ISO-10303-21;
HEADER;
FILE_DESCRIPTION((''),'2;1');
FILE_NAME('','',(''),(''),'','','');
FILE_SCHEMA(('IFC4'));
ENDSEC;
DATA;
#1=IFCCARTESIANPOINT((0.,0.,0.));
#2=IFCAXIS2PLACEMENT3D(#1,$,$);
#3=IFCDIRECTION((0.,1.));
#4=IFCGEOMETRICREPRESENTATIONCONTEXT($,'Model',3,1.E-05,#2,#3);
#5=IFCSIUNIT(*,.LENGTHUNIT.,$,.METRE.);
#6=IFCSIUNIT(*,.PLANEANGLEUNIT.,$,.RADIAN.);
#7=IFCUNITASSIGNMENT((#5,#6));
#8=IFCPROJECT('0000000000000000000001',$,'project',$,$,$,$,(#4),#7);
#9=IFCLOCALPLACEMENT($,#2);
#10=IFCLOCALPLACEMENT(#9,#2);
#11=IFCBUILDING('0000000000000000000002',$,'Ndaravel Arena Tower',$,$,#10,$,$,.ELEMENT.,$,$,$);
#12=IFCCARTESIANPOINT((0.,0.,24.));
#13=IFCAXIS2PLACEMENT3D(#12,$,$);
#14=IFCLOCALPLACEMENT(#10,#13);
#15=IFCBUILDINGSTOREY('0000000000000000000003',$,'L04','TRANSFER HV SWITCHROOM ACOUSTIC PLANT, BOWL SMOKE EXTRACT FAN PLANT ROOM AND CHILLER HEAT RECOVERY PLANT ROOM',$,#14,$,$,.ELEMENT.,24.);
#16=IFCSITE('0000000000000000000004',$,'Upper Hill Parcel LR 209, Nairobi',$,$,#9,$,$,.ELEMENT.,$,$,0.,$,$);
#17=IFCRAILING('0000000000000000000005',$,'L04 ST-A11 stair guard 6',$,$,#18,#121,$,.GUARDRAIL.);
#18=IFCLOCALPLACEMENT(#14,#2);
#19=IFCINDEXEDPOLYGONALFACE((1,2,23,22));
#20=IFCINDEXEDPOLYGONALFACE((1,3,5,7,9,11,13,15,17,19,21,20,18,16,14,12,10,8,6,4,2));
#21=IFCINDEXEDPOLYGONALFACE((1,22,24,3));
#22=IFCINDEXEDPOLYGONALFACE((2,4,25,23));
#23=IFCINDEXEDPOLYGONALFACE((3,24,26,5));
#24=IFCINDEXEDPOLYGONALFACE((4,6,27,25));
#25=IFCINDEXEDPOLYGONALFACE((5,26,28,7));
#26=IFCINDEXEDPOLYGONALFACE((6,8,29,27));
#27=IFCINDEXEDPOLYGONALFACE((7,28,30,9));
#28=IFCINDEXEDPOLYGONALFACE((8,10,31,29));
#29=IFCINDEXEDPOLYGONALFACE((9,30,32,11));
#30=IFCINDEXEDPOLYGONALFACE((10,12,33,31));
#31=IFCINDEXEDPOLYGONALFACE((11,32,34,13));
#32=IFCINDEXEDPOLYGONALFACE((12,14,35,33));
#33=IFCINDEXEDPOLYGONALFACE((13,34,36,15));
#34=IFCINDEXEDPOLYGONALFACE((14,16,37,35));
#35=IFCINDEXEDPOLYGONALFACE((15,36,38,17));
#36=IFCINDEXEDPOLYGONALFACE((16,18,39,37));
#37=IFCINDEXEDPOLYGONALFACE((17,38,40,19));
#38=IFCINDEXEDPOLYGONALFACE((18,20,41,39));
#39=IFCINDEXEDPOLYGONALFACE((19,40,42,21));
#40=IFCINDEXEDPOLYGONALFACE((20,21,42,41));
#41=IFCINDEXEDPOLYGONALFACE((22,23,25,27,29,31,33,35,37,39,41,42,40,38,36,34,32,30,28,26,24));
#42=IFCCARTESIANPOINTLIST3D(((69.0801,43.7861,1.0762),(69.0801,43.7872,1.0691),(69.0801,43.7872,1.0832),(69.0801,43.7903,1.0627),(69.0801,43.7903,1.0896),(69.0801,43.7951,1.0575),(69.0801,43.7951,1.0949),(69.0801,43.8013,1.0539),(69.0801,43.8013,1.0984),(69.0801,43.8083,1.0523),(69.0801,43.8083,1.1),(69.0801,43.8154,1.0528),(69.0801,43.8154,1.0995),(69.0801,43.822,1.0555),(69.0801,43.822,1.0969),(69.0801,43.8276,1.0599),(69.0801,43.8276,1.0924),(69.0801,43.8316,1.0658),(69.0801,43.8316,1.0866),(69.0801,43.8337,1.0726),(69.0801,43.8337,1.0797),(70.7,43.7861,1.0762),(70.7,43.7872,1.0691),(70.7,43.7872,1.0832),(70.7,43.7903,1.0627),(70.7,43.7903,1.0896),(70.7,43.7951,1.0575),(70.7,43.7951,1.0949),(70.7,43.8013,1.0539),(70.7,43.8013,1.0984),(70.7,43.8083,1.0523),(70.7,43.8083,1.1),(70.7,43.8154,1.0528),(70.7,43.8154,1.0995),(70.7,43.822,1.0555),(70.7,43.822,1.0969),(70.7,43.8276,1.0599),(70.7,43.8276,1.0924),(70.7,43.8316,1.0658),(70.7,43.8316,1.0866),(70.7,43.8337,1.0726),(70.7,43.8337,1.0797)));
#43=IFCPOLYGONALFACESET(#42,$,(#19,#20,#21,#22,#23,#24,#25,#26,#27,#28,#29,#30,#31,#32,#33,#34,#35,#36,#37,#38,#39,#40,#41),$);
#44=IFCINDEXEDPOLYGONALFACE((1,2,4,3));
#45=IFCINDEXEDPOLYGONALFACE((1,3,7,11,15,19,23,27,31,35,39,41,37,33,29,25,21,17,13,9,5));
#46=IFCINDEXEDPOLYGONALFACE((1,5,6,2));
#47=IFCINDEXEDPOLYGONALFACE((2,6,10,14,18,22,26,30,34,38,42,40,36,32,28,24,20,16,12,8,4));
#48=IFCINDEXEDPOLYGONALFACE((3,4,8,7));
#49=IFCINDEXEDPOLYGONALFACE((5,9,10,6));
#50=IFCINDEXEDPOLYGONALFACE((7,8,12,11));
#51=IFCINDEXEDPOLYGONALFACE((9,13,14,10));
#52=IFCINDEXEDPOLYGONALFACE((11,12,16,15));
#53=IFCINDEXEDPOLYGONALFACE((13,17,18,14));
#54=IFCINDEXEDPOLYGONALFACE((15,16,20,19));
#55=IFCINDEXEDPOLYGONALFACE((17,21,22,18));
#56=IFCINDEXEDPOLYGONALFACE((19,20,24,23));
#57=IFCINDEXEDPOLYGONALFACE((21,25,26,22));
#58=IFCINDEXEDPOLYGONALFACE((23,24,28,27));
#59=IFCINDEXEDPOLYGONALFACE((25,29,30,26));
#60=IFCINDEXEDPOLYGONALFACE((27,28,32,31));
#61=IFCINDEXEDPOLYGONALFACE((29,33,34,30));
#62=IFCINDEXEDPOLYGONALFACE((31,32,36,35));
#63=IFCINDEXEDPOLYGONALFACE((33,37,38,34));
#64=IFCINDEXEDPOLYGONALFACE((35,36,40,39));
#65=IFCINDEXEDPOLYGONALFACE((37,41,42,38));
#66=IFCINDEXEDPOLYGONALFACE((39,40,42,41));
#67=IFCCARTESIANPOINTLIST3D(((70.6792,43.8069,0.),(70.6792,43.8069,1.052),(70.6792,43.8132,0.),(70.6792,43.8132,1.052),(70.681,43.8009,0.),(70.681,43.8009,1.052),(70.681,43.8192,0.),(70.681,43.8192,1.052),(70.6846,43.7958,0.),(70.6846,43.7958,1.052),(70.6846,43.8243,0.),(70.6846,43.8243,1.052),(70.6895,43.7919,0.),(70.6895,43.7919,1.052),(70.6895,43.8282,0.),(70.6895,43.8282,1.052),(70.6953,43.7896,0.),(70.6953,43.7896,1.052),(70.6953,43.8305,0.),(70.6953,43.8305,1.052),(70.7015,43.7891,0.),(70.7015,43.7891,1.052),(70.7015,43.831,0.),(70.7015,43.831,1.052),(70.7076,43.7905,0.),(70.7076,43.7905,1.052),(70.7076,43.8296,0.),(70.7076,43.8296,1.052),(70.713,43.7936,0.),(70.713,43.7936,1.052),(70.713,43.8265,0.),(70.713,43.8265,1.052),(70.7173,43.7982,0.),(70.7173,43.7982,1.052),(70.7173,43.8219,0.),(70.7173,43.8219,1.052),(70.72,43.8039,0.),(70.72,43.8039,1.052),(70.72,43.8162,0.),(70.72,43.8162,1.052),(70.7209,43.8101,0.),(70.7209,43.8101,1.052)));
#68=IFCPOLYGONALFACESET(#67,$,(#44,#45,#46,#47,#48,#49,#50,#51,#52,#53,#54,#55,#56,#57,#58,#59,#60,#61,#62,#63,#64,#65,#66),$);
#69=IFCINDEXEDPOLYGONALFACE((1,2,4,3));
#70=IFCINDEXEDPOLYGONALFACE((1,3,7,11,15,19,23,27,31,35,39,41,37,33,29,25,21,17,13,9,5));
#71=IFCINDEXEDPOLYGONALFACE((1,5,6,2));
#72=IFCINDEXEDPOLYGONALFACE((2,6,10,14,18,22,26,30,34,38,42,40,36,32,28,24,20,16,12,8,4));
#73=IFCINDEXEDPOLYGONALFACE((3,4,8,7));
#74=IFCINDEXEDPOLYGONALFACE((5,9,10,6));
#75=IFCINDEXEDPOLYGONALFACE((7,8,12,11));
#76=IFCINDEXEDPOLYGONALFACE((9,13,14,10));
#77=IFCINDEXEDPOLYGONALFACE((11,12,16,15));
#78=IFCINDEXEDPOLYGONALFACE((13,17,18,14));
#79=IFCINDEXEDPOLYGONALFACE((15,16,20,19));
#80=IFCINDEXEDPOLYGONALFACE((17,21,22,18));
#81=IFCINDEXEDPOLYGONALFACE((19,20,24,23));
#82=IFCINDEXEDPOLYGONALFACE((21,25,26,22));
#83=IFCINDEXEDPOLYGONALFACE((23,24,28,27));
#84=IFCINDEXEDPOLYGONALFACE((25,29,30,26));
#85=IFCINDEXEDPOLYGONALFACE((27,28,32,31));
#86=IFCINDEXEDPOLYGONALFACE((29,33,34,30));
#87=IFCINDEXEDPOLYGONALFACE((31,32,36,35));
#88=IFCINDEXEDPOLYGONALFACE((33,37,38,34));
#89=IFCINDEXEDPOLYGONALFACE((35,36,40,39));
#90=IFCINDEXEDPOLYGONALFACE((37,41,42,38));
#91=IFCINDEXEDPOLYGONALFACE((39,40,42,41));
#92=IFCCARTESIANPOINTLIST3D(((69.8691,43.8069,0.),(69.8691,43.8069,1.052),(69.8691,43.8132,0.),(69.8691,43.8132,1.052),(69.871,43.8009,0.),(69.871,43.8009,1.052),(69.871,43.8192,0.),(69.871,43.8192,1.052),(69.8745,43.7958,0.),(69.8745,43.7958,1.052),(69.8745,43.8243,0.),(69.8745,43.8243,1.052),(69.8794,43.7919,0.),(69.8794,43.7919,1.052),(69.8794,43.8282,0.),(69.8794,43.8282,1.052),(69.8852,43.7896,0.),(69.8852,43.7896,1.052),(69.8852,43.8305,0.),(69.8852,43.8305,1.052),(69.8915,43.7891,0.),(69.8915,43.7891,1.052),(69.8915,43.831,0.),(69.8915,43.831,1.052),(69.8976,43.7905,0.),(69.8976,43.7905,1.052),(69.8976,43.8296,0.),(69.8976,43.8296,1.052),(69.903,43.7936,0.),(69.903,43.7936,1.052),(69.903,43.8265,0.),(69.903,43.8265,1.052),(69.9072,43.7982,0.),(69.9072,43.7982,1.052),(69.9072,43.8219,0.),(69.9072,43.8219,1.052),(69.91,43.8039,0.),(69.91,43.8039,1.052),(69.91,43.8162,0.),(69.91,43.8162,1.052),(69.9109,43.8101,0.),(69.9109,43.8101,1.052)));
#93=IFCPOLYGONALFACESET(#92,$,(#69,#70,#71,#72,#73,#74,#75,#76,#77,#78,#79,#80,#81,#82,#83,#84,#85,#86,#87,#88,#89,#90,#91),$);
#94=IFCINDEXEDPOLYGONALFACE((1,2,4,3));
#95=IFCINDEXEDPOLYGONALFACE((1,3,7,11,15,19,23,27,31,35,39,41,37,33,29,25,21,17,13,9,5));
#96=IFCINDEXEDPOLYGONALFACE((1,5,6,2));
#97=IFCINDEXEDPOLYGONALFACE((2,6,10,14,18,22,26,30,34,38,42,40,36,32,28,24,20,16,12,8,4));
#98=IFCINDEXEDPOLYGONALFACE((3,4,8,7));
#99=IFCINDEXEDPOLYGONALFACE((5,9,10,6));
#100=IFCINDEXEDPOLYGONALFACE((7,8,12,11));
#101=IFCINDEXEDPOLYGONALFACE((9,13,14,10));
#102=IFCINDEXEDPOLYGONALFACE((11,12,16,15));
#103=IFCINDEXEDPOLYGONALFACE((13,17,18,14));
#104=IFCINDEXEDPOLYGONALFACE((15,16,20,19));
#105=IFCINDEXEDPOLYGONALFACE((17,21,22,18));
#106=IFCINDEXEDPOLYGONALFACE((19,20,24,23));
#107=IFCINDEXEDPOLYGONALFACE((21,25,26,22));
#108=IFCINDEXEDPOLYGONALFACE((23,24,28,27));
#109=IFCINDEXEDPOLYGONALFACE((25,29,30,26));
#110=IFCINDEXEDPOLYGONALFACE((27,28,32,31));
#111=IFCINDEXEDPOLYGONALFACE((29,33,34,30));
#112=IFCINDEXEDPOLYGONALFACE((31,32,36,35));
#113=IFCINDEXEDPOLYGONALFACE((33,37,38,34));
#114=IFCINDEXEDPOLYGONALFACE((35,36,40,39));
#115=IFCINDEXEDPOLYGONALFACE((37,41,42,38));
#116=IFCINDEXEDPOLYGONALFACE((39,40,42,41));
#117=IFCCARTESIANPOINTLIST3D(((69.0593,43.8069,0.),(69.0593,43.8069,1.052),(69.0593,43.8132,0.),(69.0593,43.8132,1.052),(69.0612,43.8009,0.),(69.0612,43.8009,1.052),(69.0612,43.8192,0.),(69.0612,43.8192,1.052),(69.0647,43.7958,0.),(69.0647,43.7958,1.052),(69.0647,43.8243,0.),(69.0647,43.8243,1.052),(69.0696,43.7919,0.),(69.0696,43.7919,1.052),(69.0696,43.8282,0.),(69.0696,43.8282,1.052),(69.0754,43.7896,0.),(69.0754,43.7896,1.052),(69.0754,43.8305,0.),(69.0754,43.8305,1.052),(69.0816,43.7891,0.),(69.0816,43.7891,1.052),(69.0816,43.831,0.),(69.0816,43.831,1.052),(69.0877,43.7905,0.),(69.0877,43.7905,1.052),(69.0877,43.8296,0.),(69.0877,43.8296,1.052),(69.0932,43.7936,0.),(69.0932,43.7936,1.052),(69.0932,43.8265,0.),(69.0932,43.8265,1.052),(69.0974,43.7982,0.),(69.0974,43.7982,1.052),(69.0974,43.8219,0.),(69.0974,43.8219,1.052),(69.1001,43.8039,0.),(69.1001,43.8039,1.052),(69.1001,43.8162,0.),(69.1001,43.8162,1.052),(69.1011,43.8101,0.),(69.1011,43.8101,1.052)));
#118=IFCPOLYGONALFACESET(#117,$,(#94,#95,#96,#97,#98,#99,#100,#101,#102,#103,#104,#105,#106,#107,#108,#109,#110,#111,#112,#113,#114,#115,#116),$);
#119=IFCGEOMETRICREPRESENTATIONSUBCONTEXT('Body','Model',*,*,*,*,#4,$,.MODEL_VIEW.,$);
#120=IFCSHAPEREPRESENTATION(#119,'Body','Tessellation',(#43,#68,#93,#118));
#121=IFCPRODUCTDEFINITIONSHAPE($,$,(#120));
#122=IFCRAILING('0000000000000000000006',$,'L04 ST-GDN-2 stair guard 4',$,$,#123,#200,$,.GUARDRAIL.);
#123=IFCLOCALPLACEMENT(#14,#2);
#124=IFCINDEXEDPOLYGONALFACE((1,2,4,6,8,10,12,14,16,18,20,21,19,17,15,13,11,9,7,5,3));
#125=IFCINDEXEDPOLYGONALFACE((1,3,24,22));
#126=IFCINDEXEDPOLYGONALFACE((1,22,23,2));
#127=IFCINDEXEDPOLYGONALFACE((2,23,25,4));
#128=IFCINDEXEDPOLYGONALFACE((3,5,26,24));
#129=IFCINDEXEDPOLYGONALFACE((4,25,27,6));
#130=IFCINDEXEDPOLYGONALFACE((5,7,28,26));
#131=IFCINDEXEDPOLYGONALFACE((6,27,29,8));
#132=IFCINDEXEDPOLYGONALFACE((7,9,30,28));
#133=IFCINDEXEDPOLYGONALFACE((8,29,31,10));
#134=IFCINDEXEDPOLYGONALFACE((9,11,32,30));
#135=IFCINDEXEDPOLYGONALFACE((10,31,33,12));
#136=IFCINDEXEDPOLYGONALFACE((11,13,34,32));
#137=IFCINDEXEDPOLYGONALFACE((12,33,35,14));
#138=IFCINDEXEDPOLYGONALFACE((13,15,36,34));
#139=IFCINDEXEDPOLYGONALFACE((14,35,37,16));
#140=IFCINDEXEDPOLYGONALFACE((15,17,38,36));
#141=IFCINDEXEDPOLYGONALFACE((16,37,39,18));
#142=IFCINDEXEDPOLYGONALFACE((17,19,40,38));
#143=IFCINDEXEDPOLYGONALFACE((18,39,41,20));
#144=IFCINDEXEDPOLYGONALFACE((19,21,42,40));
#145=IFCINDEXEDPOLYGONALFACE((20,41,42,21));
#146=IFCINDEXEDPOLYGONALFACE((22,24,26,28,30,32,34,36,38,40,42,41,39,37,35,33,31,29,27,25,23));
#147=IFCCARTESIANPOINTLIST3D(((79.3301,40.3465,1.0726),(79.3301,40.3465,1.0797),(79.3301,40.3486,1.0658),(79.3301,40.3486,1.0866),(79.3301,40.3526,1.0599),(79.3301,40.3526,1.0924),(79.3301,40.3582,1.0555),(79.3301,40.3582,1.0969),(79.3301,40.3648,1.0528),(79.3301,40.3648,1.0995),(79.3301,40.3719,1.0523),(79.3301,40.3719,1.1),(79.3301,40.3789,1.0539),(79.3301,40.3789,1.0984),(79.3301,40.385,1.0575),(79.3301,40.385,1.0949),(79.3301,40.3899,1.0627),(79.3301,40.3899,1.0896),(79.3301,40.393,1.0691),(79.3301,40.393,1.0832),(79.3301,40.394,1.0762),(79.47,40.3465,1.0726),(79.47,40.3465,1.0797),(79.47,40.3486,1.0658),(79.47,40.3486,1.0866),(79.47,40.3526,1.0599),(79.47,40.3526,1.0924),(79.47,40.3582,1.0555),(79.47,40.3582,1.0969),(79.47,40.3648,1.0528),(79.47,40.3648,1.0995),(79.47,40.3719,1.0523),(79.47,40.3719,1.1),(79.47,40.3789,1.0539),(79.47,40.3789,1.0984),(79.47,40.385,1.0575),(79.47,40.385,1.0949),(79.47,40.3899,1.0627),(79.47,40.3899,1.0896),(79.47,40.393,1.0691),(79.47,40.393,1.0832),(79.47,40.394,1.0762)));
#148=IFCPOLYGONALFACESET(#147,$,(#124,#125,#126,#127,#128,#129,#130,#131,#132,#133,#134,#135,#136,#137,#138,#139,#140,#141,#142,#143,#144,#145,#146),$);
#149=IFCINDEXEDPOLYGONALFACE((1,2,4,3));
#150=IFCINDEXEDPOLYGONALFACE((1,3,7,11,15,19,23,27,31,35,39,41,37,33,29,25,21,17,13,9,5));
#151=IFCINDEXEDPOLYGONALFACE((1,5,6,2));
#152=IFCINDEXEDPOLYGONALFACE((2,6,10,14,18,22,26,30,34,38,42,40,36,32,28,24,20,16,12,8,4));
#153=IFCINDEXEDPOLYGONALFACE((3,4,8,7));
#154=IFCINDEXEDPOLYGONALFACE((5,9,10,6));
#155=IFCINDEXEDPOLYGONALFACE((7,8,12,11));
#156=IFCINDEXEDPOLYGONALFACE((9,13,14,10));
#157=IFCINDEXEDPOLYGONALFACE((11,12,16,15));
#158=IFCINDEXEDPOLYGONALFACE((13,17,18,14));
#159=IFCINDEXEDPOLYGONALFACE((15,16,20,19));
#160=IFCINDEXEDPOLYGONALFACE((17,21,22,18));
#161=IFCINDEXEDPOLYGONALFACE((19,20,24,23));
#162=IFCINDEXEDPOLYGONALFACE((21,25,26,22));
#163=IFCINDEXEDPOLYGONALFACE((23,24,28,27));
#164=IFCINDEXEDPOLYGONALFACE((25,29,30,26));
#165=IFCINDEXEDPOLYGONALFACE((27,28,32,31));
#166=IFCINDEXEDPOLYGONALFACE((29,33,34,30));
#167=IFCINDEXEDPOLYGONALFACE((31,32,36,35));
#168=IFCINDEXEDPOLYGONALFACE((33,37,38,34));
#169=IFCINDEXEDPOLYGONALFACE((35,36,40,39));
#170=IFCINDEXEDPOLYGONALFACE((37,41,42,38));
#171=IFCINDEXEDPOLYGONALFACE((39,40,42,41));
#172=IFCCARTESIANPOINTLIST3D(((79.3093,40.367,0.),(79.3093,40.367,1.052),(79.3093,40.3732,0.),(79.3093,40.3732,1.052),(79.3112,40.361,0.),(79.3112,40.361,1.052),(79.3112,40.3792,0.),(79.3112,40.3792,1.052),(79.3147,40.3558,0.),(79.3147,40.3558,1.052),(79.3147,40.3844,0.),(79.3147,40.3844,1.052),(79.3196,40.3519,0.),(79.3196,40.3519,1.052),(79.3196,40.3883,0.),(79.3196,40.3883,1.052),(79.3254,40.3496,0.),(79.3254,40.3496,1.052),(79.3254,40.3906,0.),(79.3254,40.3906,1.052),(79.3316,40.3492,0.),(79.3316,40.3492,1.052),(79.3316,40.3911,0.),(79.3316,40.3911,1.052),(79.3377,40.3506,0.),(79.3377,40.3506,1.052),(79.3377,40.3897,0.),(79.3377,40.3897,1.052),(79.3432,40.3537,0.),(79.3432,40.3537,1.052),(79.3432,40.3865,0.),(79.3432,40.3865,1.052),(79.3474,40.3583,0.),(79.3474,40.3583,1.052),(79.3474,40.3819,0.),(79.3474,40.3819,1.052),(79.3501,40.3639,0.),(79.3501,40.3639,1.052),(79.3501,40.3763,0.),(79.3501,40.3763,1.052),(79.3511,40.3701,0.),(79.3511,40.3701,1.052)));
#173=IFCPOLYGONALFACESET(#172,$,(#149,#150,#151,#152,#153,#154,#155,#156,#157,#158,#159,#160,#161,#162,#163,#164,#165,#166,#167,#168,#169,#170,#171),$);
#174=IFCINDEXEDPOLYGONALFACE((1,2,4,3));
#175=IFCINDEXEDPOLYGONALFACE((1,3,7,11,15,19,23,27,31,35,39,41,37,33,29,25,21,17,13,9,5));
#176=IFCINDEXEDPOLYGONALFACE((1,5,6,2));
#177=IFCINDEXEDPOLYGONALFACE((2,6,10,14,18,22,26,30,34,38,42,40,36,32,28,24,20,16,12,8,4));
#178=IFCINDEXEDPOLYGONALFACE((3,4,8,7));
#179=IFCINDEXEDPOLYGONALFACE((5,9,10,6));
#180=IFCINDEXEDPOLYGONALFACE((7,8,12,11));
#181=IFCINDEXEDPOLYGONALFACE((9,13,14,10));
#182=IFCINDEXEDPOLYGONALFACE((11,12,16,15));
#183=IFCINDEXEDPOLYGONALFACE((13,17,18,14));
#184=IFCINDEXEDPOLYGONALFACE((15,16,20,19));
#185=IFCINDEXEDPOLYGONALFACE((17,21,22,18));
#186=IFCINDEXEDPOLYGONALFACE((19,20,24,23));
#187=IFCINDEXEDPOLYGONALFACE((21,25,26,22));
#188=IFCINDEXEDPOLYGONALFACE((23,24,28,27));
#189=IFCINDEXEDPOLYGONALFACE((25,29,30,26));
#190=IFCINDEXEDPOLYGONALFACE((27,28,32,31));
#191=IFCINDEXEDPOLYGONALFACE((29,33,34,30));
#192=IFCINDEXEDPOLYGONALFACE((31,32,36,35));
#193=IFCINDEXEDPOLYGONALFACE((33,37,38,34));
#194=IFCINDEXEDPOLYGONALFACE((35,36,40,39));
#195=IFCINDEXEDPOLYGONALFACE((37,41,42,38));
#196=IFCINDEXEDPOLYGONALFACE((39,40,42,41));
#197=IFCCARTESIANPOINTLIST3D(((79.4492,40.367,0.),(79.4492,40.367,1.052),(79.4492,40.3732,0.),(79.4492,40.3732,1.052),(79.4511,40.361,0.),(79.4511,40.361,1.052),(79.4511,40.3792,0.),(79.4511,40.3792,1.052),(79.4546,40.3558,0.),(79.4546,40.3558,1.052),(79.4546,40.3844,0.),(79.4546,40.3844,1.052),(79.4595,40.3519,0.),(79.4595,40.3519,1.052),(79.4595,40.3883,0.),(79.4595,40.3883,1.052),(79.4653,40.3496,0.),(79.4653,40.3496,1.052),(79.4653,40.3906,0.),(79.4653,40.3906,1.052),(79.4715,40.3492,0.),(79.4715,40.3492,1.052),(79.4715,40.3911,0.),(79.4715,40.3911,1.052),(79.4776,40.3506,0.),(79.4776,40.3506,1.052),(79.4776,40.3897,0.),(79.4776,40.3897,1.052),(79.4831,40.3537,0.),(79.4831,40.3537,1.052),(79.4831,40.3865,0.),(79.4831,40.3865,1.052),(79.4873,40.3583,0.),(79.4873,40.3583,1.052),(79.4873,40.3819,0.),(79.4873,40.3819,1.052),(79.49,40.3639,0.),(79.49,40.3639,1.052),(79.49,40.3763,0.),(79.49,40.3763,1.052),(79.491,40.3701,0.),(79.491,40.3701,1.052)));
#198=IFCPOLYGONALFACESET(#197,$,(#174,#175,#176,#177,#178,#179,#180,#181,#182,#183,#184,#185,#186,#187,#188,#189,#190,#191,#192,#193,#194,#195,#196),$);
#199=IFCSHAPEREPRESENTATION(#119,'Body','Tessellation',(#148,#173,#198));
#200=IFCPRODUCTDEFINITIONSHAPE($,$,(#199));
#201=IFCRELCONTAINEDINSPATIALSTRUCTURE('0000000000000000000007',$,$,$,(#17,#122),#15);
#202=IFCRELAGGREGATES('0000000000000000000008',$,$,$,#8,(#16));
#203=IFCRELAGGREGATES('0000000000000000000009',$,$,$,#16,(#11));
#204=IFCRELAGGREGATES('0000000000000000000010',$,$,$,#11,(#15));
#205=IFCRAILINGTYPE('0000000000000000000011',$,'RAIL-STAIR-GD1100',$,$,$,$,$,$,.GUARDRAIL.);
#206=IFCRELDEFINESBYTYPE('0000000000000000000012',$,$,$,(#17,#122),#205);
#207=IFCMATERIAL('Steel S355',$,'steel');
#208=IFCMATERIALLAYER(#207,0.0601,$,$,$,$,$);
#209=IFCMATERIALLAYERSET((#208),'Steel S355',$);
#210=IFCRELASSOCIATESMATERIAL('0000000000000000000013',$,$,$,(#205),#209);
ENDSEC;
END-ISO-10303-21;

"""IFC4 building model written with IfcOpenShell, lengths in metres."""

from ifc_helpers import new_model, si_unit, direction, frame, origin, origin_2d, place, context, subcontext, project, spatial, circle, extrude, material, layer, layer_set, type_object, element, save


model = new_model("IFC4")

# Units and contexts
model_context = context("Model", 3, precision=1e-05, world=origin(), true_north=direction((0.0, 1.0)))
body_context = subcontext(model_context, "Body", "Model", "MODEL_VIEW")
ifc_project = project(units=[si_unit("LENGTHUNIT", "METRE"), si_unit("PLANEANGLEUNIT", "RADIAN")], contexts=[model_context])

# Site, building, storey
site_placement = place(None, origin())
site = spatial("IfcSite", under=ifc_project, at=site_placement, Name="Upper Hill Parcel LR 209, Nairobi", CompositionType="ELEMENT", RefElevation=0.0)
building_placement = place(site_placement, origin())
building = spatial("IfcBuilding", under=site, at=building_placement, Name="Ndaravel Arena Tower", CompositionType="ELEMENT")
storey_placement = place(building_placement, frame((0.0, 0.0, 24.0)))
storey = spatial("IfcBuildingStorey", under=building, at=storey_placement, Name="L04", Description="TRANSFER HV SWITCHROOM ACOUSTIC PLANT, BOWL SMOKE EXTRACT FAN PLANT ROOM AND CHILLER HEAT RECOVERY PLANT ROOM", CompositionType="ELEMENT", Elevation=24.0)

# Railings
ifc_material_1 = material(Name="Steel S355", Category="steel")
ifc_layer_1 = layer(ifc_material_1, 0.0601)
ifc_layer_set_1 = layer_set([ifc_layer_1], Name="Steel S355")
railing_type_1 = type_object("IfcRailingType", Name="RAIL-STAIR-GD1100", PredefinedType="GUARDRAIL", material=ifc_layer_set_1)
for number, where, name in (
    (1, (70.7, 43.8101, 0.0), "L04 ST-A11 stair guard 6"),
):
    element("IfcRailing", number, at=place(storey_placement, frame(where)), inside=storey, type_object=railing_type_1, Name=name, PredefinedType="GUARDRAIL", context=body_context, shape_type="SweptSolid", body=[
        extrude(circle(Radius=0.0239, at=origin_2d()), frame((0.0, 0.0, 1.0762), z_axis=(-1.0, 0.0, 0.0), x_axis=(0.0, -1.0, 0.0)), (0.0, 0.0, 1.0), 1.6199),
        extrude(circle(Radius=0.021, at=origin_2d()), origin(), (0.0, 0.0, 1.0), 1.052),
        extrude(circle(Radius=0.021, at=origin_2d()), frame((-0.8101, 0.0, 0.0)), (0.0, 0.0, 1.0), 1.052),
        extrude(circle(Radius=0.021, at=origin_2d()), frame((-1.6199, 0.0, 0.0)), (0.0, 0.0, 1.0), 1.052),
    ])
railing_1_placement = place(storey_placement, frame((79.3301, 40.3701, 0.0)))
element("IfcRailing", 2, at=railing_1_placement, inside=storey, type_object=railing_type_1, Name="L04 ST-GDN-2 stair guard 4", PredefinedType="GUARDRAIL", context=body_context, shape_type="SweptSolid", body=[
    extrude(circle(Radius=0.0239, at=origin_2d()), frame((0.0, 0.0, 1.0762), z_axis=(1.0, 0.0, 0.0), x_axis=(0.0, 1.0, 0.0)), (0.0, 0.0, 1.0), 0.1399),
    extrude(circle(Radius=0.021, at=origin_2d()), origin(), (0.0, 0.0, 1.0), 1.052),
    extrude(circle(Radius=0.021, at=origin_2d()), frame((0.1399, 0.0, 0.0)), (0.0, 0.0, 1.0), 1.052),
])

save(model, "model.ifc")
